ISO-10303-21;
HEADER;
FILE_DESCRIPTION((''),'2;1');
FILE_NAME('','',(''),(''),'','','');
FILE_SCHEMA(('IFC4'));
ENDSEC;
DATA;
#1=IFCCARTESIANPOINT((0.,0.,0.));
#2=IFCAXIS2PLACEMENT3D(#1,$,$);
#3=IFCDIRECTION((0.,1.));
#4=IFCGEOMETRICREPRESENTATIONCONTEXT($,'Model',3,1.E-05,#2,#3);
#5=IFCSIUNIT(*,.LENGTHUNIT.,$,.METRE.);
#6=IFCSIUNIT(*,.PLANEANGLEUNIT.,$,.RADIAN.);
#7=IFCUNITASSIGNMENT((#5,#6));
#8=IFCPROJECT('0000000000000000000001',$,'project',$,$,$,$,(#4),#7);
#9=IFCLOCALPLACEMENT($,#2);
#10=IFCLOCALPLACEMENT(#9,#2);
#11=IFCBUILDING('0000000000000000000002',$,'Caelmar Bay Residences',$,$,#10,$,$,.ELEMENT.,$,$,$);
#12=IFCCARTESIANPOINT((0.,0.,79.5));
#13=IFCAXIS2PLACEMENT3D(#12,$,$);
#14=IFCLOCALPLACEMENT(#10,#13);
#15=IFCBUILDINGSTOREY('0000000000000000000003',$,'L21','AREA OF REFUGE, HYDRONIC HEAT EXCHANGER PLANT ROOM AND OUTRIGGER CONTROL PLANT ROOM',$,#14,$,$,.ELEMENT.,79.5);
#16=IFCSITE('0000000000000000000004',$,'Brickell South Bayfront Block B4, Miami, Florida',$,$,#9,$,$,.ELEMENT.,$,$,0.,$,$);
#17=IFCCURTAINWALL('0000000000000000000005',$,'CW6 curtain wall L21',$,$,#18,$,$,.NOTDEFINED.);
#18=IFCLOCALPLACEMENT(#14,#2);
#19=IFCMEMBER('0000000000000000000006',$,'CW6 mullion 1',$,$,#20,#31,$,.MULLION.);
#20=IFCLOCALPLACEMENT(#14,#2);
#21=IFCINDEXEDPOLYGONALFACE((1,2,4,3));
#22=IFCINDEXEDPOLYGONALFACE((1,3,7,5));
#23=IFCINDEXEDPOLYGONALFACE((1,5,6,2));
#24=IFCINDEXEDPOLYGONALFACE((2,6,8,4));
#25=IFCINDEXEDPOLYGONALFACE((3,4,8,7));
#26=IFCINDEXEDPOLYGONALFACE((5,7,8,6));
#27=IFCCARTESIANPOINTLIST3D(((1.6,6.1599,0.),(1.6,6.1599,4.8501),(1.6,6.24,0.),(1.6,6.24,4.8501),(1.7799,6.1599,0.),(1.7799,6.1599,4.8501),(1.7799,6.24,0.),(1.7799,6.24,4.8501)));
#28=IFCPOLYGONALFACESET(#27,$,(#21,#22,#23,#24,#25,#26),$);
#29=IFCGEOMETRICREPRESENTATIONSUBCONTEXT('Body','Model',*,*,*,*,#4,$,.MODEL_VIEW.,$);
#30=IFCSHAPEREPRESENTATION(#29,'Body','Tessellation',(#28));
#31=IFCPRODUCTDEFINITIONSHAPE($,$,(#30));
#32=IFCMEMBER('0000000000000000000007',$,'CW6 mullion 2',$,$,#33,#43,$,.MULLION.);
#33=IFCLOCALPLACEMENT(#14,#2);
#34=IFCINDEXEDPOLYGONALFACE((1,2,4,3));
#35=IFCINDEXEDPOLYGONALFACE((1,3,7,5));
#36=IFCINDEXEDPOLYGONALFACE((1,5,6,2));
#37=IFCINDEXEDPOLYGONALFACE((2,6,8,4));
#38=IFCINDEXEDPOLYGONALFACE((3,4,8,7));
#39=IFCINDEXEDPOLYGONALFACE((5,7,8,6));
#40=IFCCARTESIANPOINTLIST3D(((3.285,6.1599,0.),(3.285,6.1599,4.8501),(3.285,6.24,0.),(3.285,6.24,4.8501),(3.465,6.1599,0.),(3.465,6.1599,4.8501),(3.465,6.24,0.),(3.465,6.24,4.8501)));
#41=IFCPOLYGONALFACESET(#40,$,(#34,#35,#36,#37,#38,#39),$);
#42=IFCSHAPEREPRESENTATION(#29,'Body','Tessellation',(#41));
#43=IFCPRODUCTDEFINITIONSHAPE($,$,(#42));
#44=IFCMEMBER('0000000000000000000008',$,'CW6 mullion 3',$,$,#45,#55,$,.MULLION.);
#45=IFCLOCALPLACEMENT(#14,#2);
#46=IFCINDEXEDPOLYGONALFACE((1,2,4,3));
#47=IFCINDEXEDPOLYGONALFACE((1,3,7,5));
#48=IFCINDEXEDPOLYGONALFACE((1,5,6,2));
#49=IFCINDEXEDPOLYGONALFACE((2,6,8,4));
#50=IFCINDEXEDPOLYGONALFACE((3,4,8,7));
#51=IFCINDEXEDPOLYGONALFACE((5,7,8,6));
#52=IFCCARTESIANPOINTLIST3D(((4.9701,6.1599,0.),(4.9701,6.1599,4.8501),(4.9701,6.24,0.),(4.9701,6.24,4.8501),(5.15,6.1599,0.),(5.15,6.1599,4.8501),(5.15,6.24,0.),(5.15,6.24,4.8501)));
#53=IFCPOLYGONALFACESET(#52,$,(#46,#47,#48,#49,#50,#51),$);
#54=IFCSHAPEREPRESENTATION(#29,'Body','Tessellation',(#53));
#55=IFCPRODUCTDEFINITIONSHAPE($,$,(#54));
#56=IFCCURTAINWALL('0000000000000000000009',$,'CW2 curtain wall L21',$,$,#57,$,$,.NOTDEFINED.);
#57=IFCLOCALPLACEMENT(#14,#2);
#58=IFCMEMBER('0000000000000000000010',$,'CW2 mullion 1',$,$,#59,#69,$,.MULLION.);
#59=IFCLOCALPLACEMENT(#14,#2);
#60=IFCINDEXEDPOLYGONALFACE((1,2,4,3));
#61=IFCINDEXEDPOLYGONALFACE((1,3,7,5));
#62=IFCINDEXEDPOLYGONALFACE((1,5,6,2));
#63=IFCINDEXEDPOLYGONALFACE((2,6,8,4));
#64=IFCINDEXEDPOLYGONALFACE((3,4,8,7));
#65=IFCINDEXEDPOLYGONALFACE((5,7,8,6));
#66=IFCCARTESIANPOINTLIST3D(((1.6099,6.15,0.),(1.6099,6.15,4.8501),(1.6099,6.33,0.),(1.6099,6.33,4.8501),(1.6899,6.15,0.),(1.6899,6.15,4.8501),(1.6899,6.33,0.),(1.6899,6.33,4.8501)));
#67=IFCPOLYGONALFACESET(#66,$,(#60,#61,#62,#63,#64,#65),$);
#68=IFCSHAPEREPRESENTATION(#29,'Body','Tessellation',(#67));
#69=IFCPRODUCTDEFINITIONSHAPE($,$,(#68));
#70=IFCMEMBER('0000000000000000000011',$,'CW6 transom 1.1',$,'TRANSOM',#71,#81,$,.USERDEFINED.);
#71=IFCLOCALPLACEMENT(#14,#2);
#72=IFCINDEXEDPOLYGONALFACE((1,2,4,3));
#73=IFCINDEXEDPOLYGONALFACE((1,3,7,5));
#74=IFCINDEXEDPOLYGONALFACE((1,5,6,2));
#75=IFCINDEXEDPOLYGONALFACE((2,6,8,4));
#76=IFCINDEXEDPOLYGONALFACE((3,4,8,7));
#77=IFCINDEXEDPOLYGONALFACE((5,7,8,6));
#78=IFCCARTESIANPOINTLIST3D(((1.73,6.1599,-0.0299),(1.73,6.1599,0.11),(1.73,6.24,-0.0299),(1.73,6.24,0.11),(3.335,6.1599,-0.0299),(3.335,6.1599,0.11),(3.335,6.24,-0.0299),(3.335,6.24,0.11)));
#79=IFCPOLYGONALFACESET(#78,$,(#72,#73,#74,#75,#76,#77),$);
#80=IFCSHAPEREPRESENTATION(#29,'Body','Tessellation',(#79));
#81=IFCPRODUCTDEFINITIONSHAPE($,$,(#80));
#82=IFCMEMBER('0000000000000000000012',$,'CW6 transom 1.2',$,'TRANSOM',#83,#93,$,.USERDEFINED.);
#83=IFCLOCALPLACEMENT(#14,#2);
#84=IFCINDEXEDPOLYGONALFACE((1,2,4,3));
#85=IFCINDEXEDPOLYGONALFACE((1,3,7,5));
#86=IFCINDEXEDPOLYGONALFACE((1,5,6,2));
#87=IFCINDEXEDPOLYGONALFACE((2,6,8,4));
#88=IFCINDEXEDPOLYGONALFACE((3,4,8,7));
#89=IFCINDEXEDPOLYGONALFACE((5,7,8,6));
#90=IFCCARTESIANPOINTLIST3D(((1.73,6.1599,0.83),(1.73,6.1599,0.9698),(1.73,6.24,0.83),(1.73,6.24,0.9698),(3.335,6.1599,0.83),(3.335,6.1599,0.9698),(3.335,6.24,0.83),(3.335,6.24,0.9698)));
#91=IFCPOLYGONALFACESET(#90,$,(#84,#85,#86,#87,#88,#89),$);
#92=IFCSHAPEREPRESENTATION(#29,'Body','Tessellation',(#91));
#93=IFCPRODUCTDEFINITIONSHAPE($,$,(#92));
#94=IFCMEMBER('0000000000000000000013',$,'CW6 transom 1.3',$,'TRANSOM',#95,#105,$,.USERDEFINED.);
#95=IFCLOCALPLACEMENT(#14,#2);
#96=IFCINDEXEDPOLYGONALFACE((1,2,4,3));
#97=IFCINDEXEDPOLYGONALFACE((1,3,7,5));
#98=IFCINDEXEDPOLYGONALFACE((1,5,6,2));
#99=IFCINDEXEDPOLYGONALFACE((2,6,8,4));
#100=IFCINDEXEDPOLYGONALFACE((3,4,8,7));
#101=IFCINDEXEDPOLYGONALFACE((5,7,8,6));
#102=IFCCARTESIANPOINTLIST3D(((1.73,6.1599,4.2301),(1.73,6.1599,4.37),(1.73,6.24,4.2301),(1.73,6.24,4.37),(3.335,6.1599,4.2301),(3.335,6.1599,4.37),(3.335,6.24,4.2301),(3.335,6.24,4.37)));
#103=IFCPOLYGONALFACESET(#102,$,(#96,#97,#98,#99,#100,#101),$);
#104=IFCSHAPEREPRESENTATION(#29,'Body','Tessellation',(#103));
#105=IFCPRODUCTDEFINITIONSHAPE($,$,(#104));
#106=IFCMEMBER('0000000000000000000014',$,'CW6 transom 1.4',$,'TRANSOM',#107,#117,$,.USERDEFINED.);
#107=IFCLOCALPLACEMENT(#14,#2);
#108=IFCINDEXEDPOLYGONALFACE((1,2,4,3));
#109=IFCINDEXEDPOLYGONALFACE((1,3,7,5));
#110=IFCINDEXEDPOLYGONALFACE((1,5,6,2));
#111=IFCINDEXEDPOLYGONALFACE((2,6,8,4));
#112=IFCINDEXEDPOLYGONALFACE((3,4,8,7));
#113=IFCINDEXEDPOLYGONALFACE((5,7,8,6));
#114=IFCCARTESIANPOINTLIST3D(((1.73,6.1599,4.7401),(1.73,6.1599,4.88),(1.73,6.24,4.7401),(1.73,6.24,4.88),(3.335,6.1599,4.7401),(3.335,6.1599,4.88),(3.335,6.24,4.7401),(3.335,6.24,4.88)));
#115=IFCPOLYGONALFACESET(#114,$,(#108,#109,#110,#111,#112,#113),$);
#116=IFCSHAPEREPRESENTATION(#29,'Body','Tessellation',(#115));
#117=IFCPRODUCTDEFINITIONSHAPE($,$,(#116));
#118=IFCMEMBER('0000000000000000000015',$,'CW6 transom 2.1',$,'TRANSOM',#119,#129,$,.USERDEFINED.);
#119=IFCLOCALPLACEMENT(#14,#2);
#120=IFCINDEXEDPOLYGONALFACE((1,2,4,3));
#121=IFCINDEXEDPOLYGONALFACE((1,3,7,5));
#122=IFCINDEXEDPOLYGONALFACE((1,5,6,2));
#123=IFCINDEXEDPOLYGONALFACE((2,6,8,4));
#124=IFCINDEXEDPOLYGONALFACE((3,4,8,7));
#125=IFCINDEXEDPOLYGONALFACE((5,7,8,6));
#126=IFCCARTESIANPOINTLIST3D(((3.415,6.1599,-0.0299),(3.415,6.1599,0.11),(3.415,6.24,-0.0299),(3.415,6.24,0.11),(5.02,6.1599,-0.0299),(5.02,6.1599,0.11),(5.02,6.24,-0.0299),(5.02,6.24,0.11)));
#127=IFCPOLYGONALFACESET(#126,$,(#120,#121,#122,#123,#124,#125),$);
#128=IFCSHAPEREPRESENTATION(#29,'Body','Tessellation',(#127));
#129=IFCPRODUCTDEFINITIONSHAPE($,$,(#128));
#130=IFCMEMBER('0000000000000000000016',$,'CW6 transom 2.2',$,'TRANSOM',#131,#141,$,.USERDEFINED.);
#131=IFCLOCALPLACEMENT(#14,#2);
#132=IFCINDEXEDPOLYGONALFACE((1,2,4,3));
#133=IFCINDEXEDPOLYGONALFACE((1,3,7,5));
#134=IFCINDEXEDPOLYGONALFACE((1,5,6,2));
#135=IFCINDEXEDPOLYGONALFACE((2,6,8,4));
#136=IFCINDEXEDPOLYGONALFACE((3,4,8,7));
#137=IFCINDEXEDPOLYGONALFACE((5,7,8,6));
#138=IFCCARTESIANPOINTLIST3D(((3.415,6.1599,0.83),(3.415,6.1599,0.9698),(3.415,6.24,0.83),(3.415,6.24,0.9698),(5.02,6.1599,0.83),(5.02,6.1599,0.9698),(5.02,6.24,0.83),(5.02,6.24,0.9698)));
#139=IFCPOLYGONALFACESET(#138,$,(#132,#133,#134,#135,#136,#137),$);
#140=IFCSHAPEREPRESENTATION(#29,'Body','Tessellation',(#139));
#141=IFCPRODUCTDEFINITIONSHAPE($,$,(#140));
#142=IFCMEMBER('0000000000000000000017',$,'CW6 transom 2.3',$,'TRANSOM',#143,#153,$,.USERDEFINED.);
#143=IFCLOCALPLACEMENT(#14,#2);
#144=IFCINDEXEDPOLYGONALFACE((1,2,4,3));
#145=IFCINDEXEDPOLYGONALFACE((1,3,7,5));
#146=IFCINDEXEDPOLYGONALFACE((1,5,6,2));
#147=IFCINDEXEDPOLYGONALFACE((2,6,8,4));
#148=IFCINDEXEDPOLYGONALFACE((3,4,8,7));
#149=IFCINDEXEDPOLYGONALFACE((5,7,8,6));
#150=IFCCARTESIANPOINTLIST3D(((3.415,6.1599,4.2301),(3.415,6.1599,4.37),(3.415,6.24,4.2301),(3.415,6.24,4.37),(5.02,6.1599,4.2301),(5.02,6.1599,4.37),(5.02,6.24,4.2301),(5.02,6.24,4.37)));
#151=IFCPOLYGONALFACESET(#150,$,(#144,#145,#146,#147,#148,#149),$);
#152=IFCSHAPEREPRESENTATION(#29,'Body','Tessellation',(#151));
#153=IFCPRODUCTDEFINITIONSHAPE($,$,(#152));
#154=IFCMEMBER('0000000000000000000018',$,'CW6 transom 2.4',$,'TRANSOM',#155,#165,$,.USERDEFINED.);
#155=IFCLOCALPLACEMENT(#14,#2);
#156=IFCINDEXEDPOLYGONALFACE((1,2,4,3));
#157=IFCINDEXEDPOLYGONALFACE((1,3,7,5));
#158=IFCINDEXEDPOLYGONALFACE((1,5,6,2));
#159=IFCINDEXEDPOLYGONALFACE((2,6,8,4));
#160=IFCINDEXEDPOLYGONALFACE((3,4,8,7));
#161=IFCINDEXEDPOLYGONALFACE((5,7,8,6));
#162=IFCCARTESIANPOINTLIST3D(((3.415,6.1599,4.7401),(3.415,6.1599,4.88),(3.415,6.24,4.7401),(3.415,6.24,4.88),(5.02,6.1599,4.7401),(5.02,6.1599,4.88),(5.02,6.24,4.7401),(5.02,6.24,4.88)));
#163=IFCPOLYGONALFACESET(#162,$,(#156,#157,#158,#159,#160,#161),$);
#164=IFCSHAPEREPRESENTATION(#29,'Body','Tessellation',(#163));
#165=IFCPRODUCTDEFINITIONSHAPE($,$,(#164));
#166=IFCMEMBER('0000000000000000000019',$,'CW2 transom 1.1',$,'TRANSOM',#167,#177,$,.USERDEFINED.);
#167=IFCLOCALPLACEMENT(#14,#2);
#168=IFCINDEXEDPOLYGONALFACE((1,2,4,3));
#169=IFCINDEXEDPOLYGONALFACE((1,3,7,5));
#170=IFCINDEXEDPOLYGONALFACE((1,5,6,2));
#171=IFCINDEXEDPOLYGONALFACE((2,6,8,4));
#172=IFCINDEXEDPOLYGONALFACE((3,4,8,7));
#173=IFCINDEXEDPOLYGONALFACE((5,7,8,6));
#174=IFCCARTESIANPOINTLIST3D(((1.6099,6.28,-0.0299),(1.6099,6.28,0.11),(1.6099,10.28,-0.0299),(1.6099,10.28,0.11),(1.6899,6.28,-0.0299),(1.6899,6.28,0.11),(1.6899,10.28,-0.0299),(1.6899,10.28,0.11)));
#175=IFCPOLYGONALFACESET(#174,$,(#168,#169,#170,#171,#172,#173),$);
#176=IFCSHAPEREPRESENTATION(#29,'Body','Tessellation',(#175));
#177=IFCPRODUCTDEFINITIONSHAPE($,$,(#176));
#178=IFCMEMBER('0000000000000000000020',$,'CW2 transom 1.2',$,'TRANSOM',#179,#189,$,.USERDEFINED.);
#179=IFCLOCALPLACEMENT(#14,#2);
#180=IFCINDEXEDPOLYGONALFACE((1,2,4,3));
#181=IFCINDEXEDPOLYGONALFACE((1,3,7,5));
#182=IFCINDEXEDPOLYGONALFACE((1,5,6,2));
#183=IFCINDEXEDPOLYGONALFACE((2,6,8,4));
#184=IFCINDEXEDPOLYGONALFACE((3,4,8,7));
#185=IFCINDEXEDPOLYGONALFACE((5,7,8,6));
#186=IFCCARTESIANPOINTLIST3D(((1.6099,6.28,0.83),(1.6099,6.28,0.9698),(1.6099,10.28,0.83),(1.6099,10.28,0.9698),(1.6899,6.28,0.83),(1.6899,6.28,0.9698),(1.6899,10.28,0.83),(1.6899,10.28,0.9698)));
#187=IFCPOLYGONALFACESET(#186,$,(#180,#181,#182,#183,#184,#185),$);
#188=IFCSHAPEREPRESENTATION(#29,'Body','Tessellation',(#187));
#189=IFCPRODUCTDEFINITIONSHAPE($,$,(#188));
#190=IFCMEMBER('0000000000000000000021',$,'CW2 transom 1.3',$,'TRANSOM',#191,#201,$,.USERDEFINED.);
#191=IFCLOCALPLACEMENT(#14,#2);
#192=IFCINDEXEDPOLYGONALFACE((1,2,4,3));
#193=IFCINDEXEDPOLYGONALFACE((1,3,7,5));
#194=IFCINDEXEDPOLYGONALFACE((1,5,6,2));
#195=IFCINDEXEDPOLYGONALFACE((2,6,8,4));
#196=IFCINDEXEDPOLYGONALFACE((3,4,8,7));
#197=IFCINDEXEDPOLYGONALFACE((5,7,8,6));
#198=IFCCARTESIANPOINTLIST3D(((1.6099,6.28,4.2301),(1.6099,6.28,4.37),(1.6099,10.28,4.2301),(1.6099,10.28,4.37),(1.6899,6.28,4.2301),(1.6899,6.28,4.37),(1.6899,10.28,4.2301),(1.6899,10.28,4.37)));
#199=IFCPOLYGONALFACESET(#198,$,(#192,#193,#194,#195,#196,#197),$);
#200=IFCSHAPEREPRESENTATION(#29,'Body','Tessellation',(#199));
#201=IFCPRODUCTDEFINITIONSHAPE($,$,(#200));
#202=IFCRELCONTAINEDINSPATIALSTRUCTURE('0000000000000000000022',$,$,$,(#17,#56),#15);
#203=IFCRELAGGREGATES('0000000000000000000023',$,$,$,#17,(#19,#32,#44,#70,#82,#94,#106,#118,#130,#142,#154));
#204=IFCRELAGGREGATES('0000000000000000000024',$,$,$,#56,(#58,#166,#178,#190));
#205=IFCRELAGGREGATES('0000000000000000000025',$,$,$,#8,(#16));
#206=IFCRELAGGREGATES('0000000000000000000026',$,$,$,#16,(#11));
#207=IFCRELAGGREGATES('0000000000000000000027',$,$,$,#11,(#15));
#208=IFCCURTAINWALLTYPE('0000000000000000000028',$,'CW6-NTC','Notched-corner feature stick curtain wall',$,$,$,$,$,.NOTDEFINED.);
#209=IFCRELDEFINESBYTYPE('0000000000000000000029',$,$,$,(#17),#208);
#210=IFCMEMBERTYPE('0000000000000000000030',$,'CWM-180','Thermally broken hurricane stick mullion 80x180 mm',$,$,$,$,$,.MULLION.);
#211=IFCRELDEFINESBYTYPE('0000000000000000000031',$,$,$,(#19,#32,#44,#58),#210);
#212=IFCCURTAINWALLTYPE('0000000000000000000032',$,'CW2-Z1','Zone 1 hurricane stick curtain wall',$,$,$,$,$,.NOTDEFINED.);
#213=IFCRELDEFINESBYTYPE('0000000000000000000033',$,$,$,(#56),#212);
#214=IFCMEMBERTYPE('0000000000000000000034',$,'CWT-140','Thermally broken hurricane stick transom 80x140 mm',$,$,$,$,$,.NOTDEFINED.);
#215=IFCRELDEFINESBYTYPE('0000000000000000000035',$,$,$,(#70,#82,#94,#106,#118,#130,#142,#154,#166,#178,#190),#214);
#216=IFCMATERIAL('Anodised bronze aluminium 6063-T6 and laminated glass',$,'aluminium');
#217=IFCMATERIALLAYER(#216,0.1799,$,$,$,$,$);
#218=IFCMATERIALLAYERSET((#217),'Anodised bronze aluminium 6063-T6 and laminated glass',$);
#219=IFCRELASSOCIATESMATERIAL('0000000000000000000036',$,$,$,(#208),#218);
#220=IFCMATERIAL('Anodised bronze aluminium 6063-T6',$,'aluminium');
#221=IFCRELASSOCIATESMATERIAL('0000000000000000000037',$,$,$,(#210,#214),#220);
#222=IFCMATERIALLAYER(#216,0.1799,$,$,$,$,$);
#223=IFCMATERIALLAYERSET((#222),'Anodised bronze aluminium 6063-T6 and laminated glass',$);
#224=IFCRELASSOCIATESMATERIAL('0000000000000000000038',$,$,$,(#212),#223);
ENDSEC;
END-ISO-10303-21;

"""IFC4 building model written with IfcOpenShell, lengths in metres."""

from ifc_helpers import new_model, si_unit, direction, frame, origin, origin_2d, place, context, subcontext, project, spatial, rectangle, extrude, material, layer, layer_set, material_profile, profile_set, type_object, element, aggregate, save


model = new_model("IFC4")

# Units and contexts
model_context = context("Model", 3, precision=1e-05, world=origin(), true_north=direction((0.0, 1.0)))
body_context = subcontext(model_context, "Body", "Model", "MODEL_VIEW")
ifc_project = project(units=[si_unit("LENGTHUNIT", "METRE"), si_unit("PLANEANGLEUNIT", "RADIAN")], contexts=[model_context])

# Site, building, storey
site_placement = place(None, origin())
site = spatial("IfcSite", under=ifc_project, at=site_placement, Name="Brickell South Bayfront Block B4, Miami, Florida", CompositionType="ELEMENT", RefElevation=0.0)
building_placement = place(site_placement, origin())
building = spatial("IfcBuilding", under=site, at=building_placement, Name="Caelmar Bay Residences", CompositionType="ELEMENT")
storey_placement = place(building_placement, frame((0.0, 0.0, 79.5)))
storey = spatial("IfcBuildingStorey", under=building, at=storey_placement, Name="L21", Description="AREA OF REFUGE, HYDRONIC HEAT EXCHANGER PLANT ROOM AND OUTRIGGER CONTROL PLANT ROOM", CompositionType="ELEMENT", Elevation=79.5)

# Curtain wall, members
ifc_material_1 = material(Name="Anodised bronze aluminium 6063-T6 and laminated glass", Category="aluminium")
ifc_layer_1 = layer(ifc_material_1, 0.1799)
ifc_layer_set_1 = layer_set([ifc_layer_1], Name="Anodised bronze aluminium 6063-T6 and laminated glass")
curtain_wall_type_1 = type_object("IfcCurtainWallType", Name="CW6-NTC", Description="Notched-corner feature stick curtain wall", PredefinedType="NOTDEFINED", material=ifc_layer_set_1)
curtain_wall_1_placement = place(storey_placement, origin())
curtain_wall_1 = element("IfcCurtainWall", 1, at=curtain_wall_1_placement, inside=storey, type_object=curtain_wall_type_1, Name="CW6 curtain wall L21", PredefinedType="NOTDEFINED")
ifc_material_2 = material(Name="Anodised bronze aluminium 6063-T6", Category="aluminium")
ifc_material_profile_1 = material_profile(ifc_material_2, rectangle(XDim=0.0801, YDim=0.1799, at=origin_2d()), Name="CWM-80X180")
ifc_profile_set_1 = profile_set([ifc_material_profile_1], Name="Anodised bronze aluminium 6063-T6")
member_type_1 = type_object("IfcMemberType", Name="CWM-180", Description="Thermally broken hurricane stick mullion 80x180 mm", PredefinedType="MULLION", material=ifc_profile_set_1)
member_1_placement = place(storey_placement, frame((1.6899, 6.2, 0.0), z_axis=(0.0, 0.0, 1.0), x_axis=(0.0, 1.0, 0.0)))
member_1 = element("IfcMember", 2, at=member_1_placement, type_object=member_type_1, Name="CW6 mullion 1", PredefinedType="MULLION", context=body_context, shape_type="SweptSolid", body=[
    extrude(rectangle(XDim=0.0801, YDim=0.1799, at=origin_2d()), origin(), (0.0, 0.0, 1.0), 4.8501),
])
member_2_placement = place(storey_placement, frame((3.375, 6.2, 0.0), z_axis=(0.0, 0.0, 1.0), x_axis=(0.0, 1.0, 0.0)))
member_2 = element("IfcMember", 3, at=member_2_placement, type_object=member_type_1, Name="CW6 mullion 2", PredefinedType="MULLION", context=body_context, shape_type="SweptSolid", body=[
    extrude(rectangle(XDim=0.0801, YDim=0.1799, at=origin_2d()), origin(), (0.0, 0.0, 1.0), 4.8501),
])
member_3_placement = place(storey_placement, frame((5.0601, 6.2, 0.0), z_axis=(0.0, 0.0, 1.0), x_axis=(0.0, 1.0, 0.0)))
member_3 = element("IfcMember", 4, at=member_3_placement, type_object=member_type_1, Name="CW6 mullion 3", PredefinedType="MULLION", context=body_context, shape_type="SweptSolid", body=[
    extrude(rectangle(XDim=0.0801, YDim=0.1799, at=origin_2d()), origin(), (0.0, 0.0, 1.0), 4.8501),
])

# Curtain wall, member
ifc_layer_2 = layer(ifc_material_1, 0.1799)
ifc_layer_set_2 = layer_set([ifc_layer_2], Name="Anodised bronze aluminium 6063-T6 and laminated glass")
curtain_wall_type_2 = type_object("IfcCurtainWallType", Name="CW2-Z1", Description="Zone 1 hurricane stick curtain wall", PredefinedType="NOTDEFINED", material=ifc_layer_set_2)
curtain_wall_2_placement = place(storey_placement, origin())
curtain_wall_2 = element("IfcCurtainWall", 5, at=curtain_wall_2_placement, inside=storey, type_object=curtain_wall_type_2, Name="CW2 curtain wall L21", PredefinedType="NOTDEFINED")
member_4_placement = place(storey_placement, frame((1.6499, 6.24, 0.0), z_axis=(0.0, 0.0, 1.0), x_axis=(-1.0, 0.0, 0.0)))
member_4 = element("IfcMember", 6, at=member_4_placement, type_object=member_type_1, Name="CW2 mullion 1", PredefinedType="MULLION", context=body_context, shape_type="SweptSolid", body=[
    extrude(rectangle(XDim=0.0801, YDim=0.1799, at=origin_2d()), origin(), (0.0, 0.0, 1.0), 4.8501),
])

# Members
ifc_material_profile_2 = material_profile(ifc_material_2, rectangle(XDim=0.0801, YDim=0.1399, at=origin_2d()), Name="CWT-80X140")
ifc_profile_set_2 = profile_set([ifc_material_profile_2], Name="Anodised bronze aluminium 6063-T6")
member_type_2 = type_object("IfcMemberType", Name="CWT-140", Description="Thermally broken hurricane stick transom 80x140 mm", PredefinedType="NOTDEFINED", material=ifc_profile_set_2)
member_5_placement = place(storey_placement, frame((1.73, 6.2, 0.04), z_axis=(1.0, 0.0, 0.0), x_axis=(0.0, 1.0, 0.0)))
member_5 = element("IfcMember", 7, at=member_5_placement, type_object=member_type_2, Name="CW6 transom 1.1", ObjectType="TRANSOM", PredefinedType="USERDEFINED", context=body_context, shape_type="SweptSolid", body=[
    extrude(rectangle(XDim=0.0801, YDim=0.1399, at=origin_2d()), origin(), (0.0, 0.0, 1.0), 1.605),
])
member_6_placement = place(storey_placement, frame((1.73, 6.2, 0.8999), z_axis=(1.0, 0.0, 0.0), x_axis=(0.0, 1.0, 0.0)))
member_6 = element("IfcMember", 8, at=member_6_placement, type_object=member_type_2, Name="CW6 transom 1.2", ObjectType="TRANSOM", PredefinedType="USERDEFINED", context=body_context, shape_type="SweptSolid", body=[
    extrude(rectangle(XDim=0.0801, YDim=0.1399, at=origin_2d()), origin(), (0.0, 0.0, 1.0), 1.605),
])
member_7_placement = place(storey_placement, frame((1.73, 6.2, 4.3), z_axis=(1.0, 0.0, 0.0), x_axis=(0.0, 1.0, 0.0)))
member_7 = element("IfcMember", 9, at=member_7_placement, type_object=member_type_2, Name="CW6 transom 1.3", ObjectType="TRANSOM", PredefinedType="USERDEFINED", context=body_context, shape_type="SweptSolid", body=[
    extrude(rectangle(XDim=0.0801, YDim=0.1399, at=origin_2d()), origin(), (0.0, 0.0, 1.0), 1.605),
])
member_8_placement = place(storey_placement, frame((1.73, 6.2, 4.8101), z_axis=(1.0, 0.0, 0.0), x_axis=(0.0, 1.0, 0.0)))
member_8 = element("IfcMember", 10, at=member_8_placement, type_object=member_type_2, Name="CW6 transom 1.4", ObjectType="TRANSOM", PredefinedType="USERDEFINED", context=body_context, shape_type="SweptSolid", body=[
    extrude(rectangle(XDim=0.0801, YDim=0.1399, at=origin_2d()), origin(), (0.0, 0.0, 1.0), 1.605),
])
member_9_placement = place(storey_placement, frame((3.415, 6.2, 0.04), z_axis=(1.0, 0.0, 0.0), x_axis=(0.0, 1.0, 0.0)))
member_9 = element("IfcMember", 11, at=member_9_placement, type_object=member_type_2, Name="CW6 transom 2.1", ObjectType="TRANSOM", PredefinedType="USERDEFINED", context=body_context, shape_type="SweptSolid", body=[
    extrude(rectangle(XDim=0.0801, YDim=0.1399, at=origin_2d()), origin(), (0.0, 0.0, 1.0), 1.605),
])
member_10_placement = place(storey_placement, frame((3.415, 6.2, 0.8999), z_axis=(1.0, 0.0, 0.0), x_axis=(0.0, 1.0, 0.0)))
member_10 = element("IfcMember", 12, at=member_10_placement, type_object=member_type_2, Name="CW6 transom 2.2", ObjectType="TRANSOM", PredefinedType="USERDEFINED", context=body_context, shape_type="SweptSolid", body=[
    extrude(rectangle(XDim=0.0801, YDim=0.1399, at=origin_2d()), origin(), (0.0, 0.0, 1.0), 1.605),
])
member_11_placement = place(storey_placement, frame((3.415, 6.2, 4.3), z_axis=(1.0, 0.0, 0.0), x_axis=(0.0, 1.0, 0.0)))
member_11 = element("IfcMember", 13, at=member_11_placement, type_object=member_type_2, Name="CW6 transom 2.3", ObjectType="TRANSOM", PredefinedType="USERDEFINED", context=body_context, shape_type="SweptSolid", body=[
    extrude(rectangle(XDim=0.0801, YDim=0.1399, at=origin_2d()), origin(), (0.0, 0.0, 1.0), 1.605),
])
member_12_placement = place(storey_placement, frame((3.415, 6.2, 4.8101), z_axis=(1.0, 0.0, 0.0), x_axis=(0.0, 1.0, 0.0)))
member_12 = element("IfcMember", 14, at=member_12_placement, type_object=member_type_2, Name="CW6 transom 2.4", ObjectType="TRANSOM", PredefinedType="USERDEFINED", context=body_context, shape_type="SweptSolid", body=[
    extrude(rectangle(XDim=0.0801, YDim=0.1399, at=origin_2d()), origin(), (0.0, 0.0, 1.0), 1.605),
])
member_13_placement = place(storey_placement, frame((1.6499, 6.28, 0.04), z_axis=(0.0, 1.0, 0.0), x_axis=(-1.0, 0.0, 0.0)))
member_13 = element("IfcMember", 15, at=member_13_placement, type_object=member_type_2, Name="CW2 transom 1.1", ObjectType="TRANSOM", PredefinedType="USERDEFINED", context=body_context, shape_type="SweptSolid", body=[
    extrude(rectangle(XDim=0.0801, YDim=0.1399, at=origin_2d()), origin(), (0.0, 0.0, 1.0), 4.0),
])
member_14_placement = place(storey_placement, frame((1.6499, 6.28, 0.8999), z_axis=(0.0, 1.0, 0.0), x_axis=(-1.0, 0.0, 0.0)))
member_14 = element("IfcMember", 16, at=member_14_placement, type_object=member_type_2, Name="CW2 transom 1.2", ObjectType="TRANSOM", PredefinedType="USERDEFINED", context=body_context, shape_type="SweptSolid", body=[
    extrude(rectangle(XDim=0.0801, YDim=0.1399, at=origin_2d()), origin(), (0.0, 0.0, 1.0), 4.0),
])
member_15_placement = place(storey_placement, frame((1.6499, 6.28, 4.3), z_axis=(0.0, 1.0, 0.0), x_axis=(-1.0, 0.0, 0.0)))
member_15 = element("IfcMember", 17, at=member_15_placement, type_object=member_type_2, Name="CW2 transom 1.3", ObjectType="TRANSOM", PredefinedType="USERDEFINED", context=body_context, shape_type="SweptSolid", body=[
    extrude(rectangle(XDim=0.0801, YDim=0.1399, at=origin_2d()), origin(), (0.0, 0.0, 1.0), 4.0),
])

aggregate(curtain_wall_1, [member_1, member_2, member_3, member_5, member_6, member_7, member_8, member_9, member_10, member_11, member_12])
aggregate(curtain_wall_2, [member_4, member_13, member_14, member_15])

save(model, "model.ifc")
